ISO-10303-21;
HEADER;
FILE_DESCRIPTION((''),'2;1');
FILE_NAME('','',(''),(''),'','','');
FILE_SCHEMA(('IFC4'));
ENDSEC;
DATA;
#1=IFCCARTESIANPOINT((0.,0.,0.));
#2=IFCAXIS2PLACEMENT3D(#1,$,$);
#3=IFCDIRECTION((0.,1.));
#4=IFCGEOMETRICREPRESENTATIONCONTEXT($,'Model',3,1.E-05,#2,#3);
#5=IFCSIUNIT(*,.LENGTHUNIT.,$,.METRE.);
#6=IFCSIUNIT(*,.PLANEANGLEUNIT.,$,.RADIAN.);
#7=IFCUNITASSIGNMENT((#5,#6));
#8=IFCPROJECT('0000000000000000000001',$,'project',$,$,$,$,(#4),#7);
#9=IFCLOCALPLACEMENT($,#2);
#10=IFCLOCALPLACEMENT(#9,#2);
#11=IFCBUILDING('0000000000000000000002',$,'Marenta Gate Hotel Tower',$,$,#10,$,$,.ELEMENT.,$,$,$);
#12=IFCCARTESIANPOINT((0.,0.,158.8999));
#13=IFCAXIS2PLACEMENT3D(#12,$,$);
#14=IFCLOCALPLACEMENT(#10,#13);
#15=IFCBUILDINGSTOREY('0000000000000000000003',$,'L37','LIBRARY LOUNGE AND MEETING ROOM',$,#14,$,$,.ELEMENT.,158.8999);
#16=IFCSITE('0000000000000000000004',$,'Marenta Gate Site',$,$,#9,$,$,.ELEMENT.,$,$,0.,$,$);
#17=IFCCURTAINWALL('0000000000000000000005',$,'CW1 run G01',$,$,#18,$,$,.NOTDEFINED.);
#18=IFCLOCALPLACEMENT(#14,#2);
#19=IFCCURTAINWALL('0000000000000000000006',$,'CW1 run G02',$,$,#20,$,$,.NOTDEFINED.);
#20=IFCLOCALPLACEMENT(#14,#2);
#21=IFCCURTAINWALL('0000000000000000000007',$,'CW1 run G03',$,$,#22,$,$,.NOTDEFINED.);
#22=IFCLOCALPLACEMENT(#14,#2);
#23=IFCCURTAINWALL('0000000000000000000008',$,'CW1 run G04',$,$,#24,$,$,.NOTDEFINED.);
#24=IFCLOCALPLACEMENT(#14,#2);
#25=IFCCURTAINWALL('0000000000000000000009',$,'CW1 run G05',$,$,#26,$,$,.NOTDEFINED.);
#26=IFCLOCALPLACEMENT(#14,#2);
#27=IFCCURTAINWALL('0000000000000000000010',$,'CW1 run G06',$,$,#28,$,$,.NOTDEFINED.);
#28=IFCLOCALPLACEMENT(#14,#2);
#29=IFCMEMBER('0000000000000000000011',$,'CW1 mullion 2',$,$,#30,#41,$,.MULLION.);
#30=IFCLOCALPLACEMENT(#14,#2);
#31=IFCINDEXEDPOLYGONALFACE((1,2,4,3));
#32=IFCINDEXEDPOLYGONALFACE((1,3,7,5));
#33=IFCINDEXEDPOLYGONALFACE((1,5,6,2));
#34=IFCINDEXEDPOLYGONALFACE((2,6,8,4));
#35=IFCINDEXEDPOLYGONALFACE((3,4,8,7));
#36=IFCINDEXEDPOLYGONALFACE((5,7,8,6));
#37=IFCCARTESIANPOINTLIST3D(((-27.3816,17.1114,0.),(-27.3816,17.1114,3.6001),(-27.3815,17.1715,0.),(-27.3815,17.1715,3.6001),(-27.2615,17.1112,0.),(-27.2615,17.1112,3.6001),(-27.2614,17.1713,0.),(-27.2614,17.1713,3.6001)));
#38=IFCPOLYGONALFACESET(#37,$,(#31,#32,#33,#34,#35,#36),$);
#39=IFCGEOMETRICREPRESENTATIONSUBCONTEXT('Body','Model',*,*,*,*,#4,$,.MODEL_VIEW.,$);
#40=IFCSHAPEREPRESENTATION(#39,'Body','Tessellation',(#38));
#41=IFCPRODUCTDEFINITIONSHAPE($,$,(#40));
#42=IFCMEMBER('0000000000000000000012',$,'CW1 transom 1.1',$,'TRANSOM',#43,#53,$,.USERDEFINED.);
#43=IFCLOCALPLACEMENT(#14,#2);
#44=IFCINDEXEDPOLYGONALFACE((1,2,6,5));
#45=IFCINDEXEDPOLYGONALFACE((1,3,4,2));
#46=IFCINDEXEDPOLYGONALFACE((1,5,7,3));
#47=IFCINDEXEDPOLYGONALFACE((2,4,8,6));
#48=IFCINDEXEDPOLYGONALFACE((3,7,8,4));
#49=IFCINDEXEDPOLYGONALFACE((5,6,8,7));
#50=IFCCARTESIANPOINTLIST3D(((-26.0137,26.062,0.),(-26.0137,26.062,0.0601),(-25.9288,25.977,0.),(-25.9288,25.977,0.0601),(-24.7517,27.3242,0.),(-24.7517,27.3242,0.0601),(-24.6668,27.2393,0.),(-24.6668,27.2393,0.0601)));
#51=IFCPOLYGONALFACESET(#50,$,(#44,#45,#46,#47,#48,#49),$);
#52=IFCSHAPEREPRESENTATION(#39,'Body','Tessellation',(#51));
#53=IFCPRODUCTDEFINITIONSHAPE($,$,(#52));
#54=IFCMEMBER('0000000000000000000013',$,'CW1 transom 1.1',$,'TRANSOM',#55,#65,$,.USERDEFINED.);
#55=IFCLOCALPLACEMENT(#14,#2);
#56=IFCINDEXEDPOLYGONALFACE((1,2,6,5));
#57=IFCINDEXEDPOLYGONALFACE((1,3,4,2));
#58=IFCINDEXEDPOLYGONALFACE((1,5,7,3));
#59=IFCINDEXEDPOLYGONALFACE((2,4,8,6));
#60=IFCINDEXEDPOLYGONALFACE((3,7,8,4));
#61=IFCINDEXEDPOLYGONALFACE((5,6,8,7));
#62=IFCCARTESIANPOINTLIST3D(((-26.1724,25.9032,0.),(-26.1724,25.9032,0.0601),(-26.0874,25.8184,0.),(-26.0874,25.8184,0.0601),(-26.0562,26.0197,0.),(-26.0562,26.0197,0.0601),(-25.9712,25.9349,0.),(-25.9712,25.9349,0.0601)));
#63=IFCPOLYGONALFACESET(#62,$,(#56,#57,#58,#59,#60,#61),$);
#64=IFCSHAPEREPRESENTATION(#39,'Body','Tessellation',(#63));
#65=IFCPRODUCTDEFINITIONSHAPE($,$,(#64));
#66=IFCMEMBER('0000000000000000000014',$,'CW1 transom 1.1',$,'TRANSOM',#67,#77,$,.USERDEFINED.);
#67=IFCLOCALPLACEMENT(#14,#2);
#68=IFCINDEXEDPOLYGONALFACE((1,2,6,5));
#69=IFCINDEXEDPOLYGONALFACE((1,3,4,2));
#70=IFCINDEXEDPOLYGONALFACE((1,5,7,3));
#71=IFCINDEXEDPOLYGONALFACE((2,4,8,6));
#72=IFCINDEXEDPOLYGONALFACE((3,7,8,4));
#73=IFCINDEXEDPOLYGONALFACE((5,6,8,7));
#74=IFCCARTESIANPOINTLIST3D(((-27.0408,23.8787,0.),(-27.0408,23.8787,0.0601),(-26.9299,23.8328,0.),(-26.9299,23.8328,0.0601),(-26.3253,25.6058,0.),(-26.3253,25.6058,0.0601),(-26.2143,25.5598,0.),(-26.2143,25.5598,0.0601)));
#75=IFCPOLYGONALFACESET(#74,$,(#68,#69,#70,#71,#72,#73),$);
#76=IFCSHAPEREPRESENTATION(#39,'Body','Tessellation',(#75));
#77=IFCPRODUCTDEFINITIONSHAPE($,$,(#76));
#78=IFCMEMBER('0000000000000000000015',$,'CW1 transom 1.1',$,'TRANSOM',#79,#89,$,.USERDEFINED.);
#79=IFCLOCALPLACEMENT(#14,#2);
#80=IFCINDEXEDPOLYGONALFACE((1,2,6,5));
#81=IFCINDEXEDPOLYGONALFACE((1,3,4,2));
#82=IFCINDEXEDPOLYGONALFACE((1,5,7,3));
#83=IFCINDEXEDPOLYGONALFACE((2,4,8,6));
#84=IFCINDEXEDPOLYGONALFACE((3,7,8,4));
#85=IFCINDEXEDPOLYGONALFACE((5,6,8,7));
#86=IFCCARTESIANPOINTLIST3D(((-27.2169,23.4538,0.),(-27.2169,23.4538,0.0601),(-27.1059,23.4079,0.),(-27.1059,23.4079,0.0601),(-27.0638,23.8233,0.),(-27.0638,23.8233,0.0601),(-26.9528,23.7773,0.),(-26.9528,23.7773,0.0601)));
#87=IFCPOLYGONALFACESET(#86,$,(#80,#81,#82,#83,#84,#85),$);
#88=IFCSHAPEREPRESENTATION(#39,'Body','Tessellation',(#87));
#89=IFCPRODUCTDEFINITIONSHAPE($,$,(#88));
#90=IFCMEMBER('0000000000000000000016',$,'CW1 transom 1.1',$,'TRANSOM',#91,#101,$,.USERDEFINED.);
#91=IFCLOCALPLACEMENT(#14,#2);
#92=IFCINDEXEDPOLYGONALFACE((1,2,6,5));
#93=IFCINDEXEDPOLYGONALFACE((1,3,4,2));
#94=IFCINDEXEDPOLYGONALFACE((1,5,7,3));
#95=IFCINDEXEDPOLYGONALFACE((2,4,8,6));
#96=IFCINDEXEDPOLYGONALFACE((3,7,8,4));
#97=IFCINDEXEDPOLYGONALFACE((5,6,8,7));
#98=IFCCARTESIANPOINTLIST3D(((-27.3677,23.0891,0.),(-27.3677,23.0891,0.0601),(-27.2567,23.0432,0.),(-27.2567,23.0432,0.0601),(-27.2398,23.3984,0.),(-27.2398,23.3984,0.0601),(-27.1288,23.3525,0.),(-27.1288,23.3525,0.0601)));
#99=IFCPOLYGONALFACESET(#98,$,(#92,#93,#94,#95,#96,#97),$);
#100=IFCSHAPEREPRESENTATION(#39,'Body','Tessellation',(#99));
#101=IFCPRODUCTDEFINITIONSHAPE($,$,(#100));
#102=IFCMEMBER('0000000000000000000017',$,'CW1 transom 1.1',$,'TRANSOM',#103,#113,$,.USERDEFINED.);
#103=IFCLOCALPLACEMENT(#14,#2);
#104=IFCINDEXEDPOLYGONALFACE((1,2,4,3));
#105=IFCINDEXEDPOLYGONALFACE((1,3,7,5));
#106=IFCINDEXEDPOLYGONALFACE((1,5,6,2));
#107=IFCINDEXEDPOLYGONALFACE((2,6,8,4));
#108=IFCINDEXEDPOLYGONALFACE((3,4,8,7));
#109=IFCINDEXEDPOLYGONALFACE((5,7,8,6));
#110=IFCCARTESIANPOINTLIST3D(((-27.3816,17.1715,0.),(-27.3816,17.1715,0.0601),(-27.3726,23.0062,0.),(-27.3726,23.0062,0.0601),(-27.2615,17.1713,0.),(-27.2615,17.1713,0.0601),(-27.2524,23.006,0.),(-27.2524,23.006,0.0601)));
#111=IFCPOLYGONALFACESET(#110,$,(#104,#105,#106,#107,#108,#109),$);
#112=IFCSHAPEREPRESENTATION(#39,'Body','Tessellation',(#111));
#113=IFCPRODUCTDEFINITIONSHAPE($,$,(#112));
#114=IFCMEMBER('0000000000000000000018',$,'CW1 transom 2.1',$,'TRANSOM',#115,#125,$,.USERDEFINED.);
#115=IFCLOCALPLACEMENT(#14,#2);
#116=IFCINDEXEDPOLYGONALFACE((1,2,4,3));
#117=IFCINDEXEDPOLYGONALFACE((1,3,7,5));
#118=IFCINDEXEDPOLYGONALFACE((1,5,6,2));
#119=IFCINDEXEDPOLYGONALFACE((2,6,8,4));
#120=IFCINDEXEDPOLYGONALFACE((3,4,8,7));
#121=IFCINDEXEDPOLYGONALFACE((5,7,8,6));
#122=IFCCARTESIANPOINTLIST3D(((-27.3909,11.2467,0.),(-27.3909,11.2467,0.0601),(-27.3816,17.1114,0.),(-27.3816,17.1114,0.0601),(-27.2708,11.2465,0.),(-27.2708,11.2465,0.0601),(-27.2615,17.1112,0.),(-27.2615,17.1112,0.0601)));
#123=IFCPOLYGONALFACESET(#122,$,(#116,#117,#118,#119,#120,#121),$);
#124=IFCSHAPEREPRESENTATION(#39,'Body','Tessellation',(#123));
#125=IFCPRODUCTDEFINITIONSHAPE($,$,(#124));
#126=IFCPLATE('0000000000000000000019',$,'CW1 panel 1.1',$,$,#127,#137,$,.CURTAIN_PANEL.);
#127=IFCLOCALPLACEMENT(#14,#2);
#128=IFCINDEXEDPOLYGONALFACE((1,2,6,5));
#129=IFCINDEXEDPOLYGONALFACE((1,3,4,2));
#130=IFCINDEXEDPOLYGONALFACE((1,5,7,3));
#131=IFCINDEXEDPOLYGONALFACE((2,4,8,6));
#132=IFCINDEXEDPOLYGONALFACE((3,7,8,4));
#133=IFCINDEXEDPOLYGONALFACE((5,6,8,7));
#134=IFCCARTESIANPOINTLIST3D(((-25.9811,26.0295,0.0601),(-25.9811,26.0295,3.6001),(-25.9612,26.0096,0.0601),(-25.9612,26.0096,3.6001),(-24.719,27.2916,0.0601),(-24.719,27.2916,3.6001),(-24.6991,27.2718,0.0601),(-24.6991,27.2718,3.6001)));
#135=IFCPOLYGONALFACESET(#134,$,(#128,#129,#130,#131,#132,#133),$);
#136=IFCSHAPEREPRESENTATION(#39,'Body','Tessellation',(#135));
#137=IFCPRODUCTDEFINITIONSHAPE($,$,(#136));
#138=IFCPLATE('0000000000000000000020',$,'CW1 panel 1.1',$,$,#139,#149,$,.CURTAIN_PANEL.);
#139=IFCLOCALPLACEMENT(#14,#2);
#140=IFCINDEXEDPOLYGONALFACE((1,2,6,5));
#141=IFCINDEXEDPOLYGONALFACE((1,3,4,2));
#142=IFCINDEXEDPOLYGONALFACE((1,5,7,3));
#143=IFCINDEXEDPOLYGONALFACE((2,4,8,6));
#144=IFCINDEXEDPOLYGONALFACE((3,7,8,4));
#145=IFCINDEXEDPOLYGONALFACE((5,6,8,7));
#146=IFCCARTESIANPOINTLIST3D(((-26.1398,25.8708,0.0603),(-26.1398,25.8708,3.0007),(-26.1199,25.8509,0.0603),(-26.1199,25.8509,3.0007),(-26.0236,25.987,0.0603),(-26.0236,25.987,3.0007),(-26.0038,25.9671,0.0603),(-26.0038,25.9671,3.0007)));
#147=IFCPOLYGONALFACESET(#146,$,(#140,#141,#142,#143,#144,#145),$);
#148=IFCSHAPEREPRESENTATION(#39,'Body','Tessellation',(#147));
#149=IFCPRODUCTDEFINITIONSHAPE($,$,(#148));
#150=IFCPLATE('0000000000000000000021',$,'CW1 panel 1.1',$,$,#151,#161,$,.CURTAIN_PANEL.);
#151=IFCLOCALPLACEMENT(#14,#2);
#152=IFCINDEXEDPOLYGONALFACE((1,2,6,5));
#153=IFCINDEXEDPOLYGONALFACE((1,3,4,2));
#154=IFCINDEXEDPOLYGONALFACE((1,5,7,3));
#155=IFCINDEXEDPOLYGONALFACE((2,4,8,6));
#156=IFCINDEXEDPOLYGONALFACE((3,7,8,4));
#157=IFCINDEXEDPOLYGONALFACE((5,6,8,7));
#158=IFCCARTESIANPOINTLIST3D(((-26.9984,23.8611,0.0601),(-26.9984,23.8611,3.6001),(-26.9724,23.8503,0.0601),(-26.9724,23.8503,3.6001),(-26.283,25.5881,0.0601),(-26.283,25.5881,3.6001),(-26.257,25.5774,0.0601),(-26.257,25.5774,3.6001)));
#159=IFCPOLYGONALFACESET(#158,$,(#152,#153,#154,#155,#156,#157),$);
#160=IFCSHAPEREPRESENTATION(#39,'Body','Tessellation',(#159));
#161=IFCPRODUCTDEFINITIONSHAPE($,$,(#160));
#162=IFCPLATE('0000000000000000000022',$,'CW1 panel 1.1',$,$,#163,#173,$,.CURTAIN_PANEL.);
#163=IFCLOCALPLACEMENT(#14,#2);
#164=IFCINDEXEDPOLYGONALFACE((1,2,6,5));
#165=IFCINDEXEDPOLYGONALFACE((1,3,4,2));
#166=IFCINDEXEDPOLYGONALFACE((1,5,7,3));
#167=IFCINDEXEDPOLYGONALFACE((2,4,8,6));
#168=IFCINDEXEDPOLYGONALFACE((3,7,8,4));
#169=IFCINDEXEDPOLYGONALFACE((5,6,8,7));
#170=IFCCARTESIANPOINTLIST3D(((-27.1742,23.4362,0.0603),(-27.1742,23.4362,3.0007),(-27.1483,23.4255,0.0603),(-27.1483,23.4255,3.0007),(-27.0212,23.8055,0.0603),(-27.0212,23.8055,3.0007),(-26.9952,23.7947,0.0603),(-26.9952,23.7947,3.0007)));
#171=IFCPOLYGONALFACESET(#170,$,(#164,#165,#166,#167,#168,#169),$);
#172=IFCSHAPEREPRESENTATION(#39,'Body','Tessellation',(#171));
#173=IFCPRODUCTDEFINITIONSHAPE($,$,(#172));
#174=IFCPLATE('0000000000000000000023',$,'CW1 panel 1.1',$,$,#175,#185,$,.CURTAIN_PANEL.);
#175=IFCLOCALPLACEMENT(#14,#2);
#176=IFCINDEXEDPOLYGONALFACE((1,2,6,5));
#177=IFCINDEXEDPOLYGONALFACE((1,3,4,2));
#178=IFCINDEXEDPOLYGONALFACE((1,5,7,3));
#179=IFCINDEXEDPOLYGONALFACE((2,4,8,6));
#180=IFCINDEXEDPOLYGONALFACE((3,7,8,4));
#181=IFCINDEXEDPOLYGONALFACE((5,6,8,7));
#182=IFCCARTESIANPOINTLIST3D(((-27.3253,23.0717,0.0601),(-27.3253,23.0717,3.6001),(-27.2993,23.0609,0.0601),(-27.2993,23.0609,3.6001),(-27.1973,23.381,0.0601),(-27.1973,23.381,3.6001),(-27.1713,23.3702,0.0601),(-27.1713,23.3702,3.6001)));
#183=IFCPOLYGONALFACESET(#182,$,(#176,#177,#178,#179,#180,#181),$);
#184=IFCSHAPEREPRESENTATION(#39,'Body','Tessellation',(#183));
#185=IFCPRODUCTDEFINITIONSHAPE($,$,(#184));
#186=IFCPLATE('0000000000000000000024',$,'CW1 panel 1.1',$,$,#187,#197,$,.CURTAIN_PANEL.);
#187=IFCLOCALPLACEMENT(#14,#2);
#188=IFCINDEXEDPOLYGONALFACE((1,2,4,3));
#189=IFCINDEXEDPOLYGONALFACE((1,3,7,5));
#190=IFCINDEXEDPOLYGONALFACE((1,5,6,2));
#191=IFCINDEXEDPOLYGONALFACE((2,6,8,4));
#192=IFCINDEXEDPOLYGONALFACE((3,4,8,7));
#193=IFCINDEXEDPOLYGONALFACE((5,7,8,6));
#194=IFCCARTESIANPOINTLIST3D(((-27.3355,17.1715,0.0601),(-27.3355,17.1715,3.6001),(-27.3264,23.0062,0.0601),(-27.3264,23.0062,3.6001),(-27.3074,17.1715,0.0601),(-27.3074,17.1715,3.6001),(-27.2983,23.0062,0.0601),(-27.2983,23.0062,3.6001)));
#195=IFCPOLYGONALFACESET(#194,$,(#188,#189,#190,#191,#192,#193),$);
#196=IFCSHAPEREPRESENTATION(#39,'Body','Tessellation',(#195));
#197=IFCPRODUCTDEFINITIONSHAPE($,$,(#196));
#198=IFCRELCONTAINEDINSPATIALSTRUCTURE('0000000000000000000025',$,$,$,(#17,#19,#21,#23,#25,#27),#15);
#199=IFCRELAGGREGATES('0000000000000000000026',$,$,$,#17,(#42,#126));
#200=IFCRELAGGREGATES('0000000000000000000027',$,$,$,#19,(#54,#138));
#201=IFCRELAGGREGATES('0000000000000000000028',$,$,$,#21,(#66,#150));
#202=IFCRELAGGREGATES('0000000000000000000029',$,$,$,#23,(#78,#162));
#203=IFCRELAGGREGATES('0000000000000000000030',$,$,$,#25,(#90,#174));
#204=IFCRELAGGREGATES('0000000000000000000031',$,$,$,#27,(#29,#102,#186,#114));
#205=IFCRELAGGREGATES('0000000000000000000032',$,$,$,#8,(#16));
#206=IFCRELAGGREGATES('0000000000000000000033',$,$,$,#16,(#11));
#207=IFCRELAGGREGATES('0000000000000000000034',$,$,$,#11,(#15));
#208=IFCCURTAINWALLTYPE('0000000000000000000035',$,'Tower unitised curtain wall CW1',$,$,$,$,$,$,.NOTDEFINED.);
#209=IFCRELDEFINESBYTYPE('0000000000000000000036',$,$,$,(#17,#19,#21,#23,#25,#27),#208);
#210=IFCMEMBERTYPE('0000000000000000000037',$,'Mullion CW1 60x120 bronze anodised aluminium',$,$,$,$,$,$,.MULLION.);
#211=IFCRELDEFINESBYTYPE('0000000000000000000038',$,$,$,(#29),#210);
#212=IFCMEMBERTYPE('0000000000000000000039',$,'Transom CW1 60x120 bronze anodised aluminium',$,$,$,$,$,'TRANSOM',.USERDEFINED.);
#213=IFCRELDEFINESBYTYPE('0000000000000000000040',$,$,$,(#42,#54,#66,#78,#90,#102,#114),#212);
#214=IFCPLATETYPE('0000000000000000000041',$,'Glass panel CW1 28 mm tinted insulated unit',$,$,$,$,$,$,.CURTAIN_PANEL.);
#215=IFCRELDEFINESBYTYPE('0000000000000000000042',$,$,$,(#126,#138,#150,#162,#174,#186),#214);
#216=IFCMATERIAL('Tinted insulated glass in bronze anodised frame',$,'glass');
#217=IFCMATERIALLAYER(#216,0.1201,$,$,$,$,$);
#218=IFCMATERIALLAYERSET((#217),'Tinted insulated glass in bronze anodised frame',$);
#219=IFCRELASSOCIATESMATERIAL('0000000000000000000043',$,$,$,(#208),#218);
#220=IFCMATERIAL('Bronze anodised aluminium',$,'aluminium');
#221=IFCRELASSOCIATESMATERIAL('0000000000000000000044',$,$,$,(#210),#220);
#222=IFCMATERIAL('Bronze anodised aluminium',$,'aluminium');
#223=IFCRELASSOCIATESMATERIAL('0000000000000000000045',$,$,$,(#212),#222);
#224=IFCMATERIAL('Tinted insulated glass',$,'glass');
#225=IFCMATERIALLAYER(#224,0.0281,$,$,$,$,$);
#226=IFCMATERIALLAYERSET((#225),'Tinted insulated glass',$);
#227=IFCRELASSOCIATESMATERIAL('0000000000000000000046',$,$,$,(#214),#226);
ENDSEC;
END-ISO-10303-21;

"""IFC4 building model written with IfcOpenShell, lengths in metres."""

from ifc_helpers import new_model, si_unit, direction, frame, origin, origin_2d, place, context, subcontext, project, spatial, rectangle, extrude, material, layer, layer_set, material_profile, profile_set, type_object, element, aggregate, save


model = new_model("IFC4")

# Units and contexts
model_context = context("Model", 3, precision=1e-05, world=origin(), true_north=direction((0.0, 1.0)))
body_context = subcontext(model_context, "Body", "Model", "MODEL_VIEW")
ifc_project = project(units=[si_unit("LENGTHUNIT", "METRE"), si_unit("PLANEANGLEUNIT", "RADIAN")], contexts=[model_context])

# Site, building, storey
site_placement = place(None, origin())
site = spatial("IfcSite", under=ifc_project, at=site_placement, Name="Marenta Gate Site", CompositionType="ELEMENT", RefElevation=0.0)
building_placement = place(site_placement, origin())
building = spatial("IfcBuilding", under=site, at=building_placement, Name="Marenta Gate Hotel Tower", CompositionType="ELEMENT")
storey_placement = place(building_placement, frame((0.0, 0.0, 158.8999)))
storey = spatial("IfcBuildingStorey", under=building, at=storey_placement, Name="L37", Description="LIBRARY LOUNGE AND MEETING ROOM", CompositionType="ELEMENT", Elevation=158.8999)

# Curtain wall
ifc_material_1 = material(Name="Tinted insulated glass in bronze anodised frame", Category="glass")
ifc_layer_1 = layer(ifc_material_1, 0.1201)
ifc_layer_set_1 = layer_set([ifc_layer_1], Name="Tinted insulated glass in bronze anodised frame")
curtain_wall_type = type_object("IfcCurtainWallType", Name="Tower unitised curtain wall CW1", PredefinedType="NOTDEFINED", material=ifc_layer_set_1)
curtain_wall_1_placement = place(storey_placement, origin())
curtain_wall_1 = element("IfcCurtainWall", 1, at=curtain_wall_1_placement, inside=storey, type_object=curtain_wall_type, Name="CW1 run G01", PredefinedType="NOTDEFINED")
ifc_material_2 = material(Name="Bronze anodised aluminium", Category="aluminium")
ifc_material_profile_1 = material_profile(ifc_material_2, rectangle(XDim=0.1201, YDim=0.0601, at=origin_2d()), Name="Mullion CW1 60x120 bronze anodised aluminium")
ifc_profile_set_1 = profile_set([ifc_material_profile_1], Name="Bronze anodised aluminium")
member_type_1 = type_object("IfcMemberType", Name="Mullion CW1 60x120 bronze anodised aluminium", PredefinedType="MULLION", material=ifc_profile_set_1)

# Curtain wall
curtain_wall_2_placement = place(storey_placement, origin())
curtain_wall_2 = element("IfcCurtainWall", 2, at=curtain_wall_2_placement, inside=storey, type_object=curtain_wall_type, Name="CW1 run G02", PredefinedType="NOTDEFINED")

# Curtain walls
curtain_wall_3_placement = place(storey_placement, origin())
curtain_wall_3 = element("IfcCurtainWall", 3, at=curtain_wall_3_placement, inside=storey, type_object=curtain_wall_type, Name="CW1 run G03", PredefinedType="NOTDEFINED")
curtain_wall_4_placement = place(storey_placement, origin())
curtain_wall_4 = element("IfcCurtainWall", 4, at=curtain_wall_4_placement, inside=storey, type_object=curtain_wall_type, Name="CW1 run G04", PredefinedType="NOTDEFINED")
curtain_wall_5_placement = place(storey_placement, origin())
curtain_wall_5 = element("IfcCurtainWall", 5, at=curtain_wall_5_placement, inside=storey, type_object=curtain_wall_type, Name="CW1 run G05", PredefinedType="NOTDEFINED")

# Curtain wall, member
curtain_wall_6_placement = place(storey_placement, origin())
curtain_wall_6 = element("IfcCurtainWall", 6, at=curtain_wall_6_placement, inside=storey, type_object=curtain_wall_type, Name="CW1 run G06", PredefinedType="NOTDEFINED")
member_1_placement = place(storey_placement, frame((-27.3215, 17.1414, 0.0), z_axis=(0.0, 0.0, 1.0), x_axis=(0.999999, -0.00157, 0.0)))
member_1 = element("IfcMember", 7, at=member_1_placement, type_object=member_type_1, Name="CW1 mullion 2", PredefinedType="MULLION", context=body_context, shape_type="SweptSolid", body=[
    extrude(rectangle(XDim=0.1201, YDim=0.0601, at=origin_2d()), origin(), (0.0, 0.0, 1.0), 3.6001),
])

# Members
ifc_material_3 = material(Name="Bronze anodised aluminium", Category="aluminium")
ifc_material_profile_2 = material_profile(ifc_material_3, rectangle(XDim=0.1201, YDim=0.0601, at=origin_2d()), Name="Transom CW1 60x120 bronze anodised aluminium")
ifc_profile_set_2 = profile_set([ifc_material_profile_2], Name="Bronze anodised aluminium")
member_type_2 = type_object("IfcMemberType", Name="Transom CW1 60x120 bronze anodised aluminium", ElementType="TRANSOM", PredefinedType="USERDEFINED", material=ifc_profile_set_2)
member_2_placement = place(storey_placement, frame((-24.7092, 27.2817, 0.03), z_axis=(-0.707038, -0.707175, 0.0), x_axis=(0.707175, -0.707038, 0.0)))
member_2 = element("IfcMember", 8, at=member_2_placement, type_object=member_type_2, Name="CW1 transom 1.1", ObjectType="TRANSOM", PredefinedType="USERDEFINED", context=body_context, shape_type="SweptSolid", body=[
    extrude(rectangle(XDim=0.1201, YDim=0.0601, at=origin_2d()), origin(), (0.0, 0.0, 1.0), 1.7849),
])
member_3_placement = place(storey_placement, frame((-26.0137, 25.9773, 0.03), z_axis=(-0.706364, -0.707848, 0.0), x_axis=(0.707848, -0.706364, 0.0)))
member_3 = element("IfcMember", 9, at=member_3_placement, type_object=member_type_2, Name="CW1 transom 1.1", ObjectType="TRANSOM", PredefinedType="USERDEFINED", context=body_context, shape_type="SweptSolid", body=[
    extrude(rectangle(XDim=0.1201, YDim=0.0601, at=origin_2d()), origin(), (0.0, 0.0, 1.0), 0.1646),
])
member_4_placement = place(storey_placement, frame((-26.2698, 25.5828, 0.03), z_axis=(-0.382779, -0.92384, 0.0), x_axis=(0.92384, -0.382779, 0.0)))
member_4 = element("IfcMember", 10, at=member_4_placement, type_object=member_type_2, Name="CW1 transom 1.1", ObjectType="TRANSOM", PredefinedType="USERDEFINED", context=body_context, shape_type="SweptSolid", body=[
    extrude(rectangle(XDim=0.1201, YDim=0.0601, at=origin_2d()), origin(), (0.0, 0.0, 1.0), 1.8694),
])
member_5_placement = place(storey_placement, frame((-27.0083, 23.8003, 0.03), z_axis=(-0.382837, -0.923816, 0.0), x_axis=(0.923816, -0.382837, 0.0)))
member_5 = element("IfcMember", 11, at=member_5_placement, type_object=member_type_2, Name="CW1 transom 1.1", ObjectType="TRANSOM", PredefinedType="USERDEFINED", context=body_context, shape_type="SweptSolid", body=[
    extrude(rectangle(XDim=0.1201, YDim=0.0601, at=origin_2d()), origin(), (0.0, 0.0, 1.0), 0.3999),
])
member_6_placement = place(storey_placement, frame((-27.1843, 23.3755, 0.03), z_axis=(-0.38218, -0.924088, 0.0), x_axis=(0.924088, -0.38218, 0.0)))
member_6 = element("IfcMember", 12, at=member_6_placement, type_object=member_type_2, Name="CW1 transom 1.1", ObjectType="TRANSOM", PredefinedType="USERDEFINED", context=body_context, shape_type="SweptSolid", body=[
    extrude(rectangle(XDim=0.1201, YDim=0.0601, at=origin_2d()), origin(), (0.0, 0.0, 1.0), 0.3347),
])
member_7_placement = place(storey_placement, frame((-27.3125, 23.0061, 0.03), z_axis=(-0.001548, -0.999999, 0.0), x_axis=(0.999999, -0.001548, 0.0)))
member_7 = element("IfcMember", 13, at=member_7_placement, type_object=member_type_2, Name="CW1 transom 1.1", ObjectType="TRANSOM", PredefinedType="USERDEFINED", context=body_context, shape_type="SweptSolid", body=[
    extrude(rectangle(XDim=0.1201, YDim=0.0601, at=origin_2d()), origin(), (0.0, 0.0, 1.0), 5.8347),
])
member_8_placement = place(storey_placement, frame((-27.3215, 17.1113, 0.03), z_axis=(-0.001582, -0.999999, 0.0), x_axis=(0.999999, -0.001582, 0.0)))
member_8 = element("IfcMember", 14, at=member_8_placement, type_object=member_type_2, Name="CW1 transom 2.1", ObjectType="TRANSOM", PredefinedType="USERDEFINED", context=body_context, shape_type="SweptSolid", body=[
    extrude(rectangle(XDim=0.1201, YDim=0.0601, at=origin_2d()), origin(), (0.0, 0.0, 1.0), 5.8647),
])

# Plates
ifc_material_4 = material(Name="Tinted insulated glass", Category="glass")
ifc_layer_2 = layer(ifc_material_4, 0.0281)
ifc_layer_set_2 = layer_set([ifc_layer_2], Name="Tinted insulated glass")
plate_type = type_object("IfcPlateType", Name="Glass panel CW1 28 mm tinted insulated unit", PredefinedType="CURTAIN_PANEL", material=ifc_layer_set_2)
plate_1_placement = place(storey_placement, frame((-25.3401, 26.6506, 0.0601), z_axis=(0.0, 0.0, 1.0), x_axis=(-0.707107, -0.707107, 0.0)))
plate_1 = element("IfcPlate", 15, at=plate_1_placement, type_object=plate_type, Name="CW1 panel 1.1", PredefinedType="CURTAIN_PANEL", context=body_context, shape_type="SweptSolid", body=[
    extrude(rectangle(XDim=1.7849, YDim=0.0281, at=origin_2d()), origin(), (0.0, 0.0, 1.0), 3.54),
])
aggregate(curtain_wall_1, [member_2, plate_1])
plate_2_placement = place(storey_placement, frame((-26.0718, 25.9189, 0.0603), z_axis=(0.0, 0.0, 1.0), x_axis=(-0.707107, -0.707107, 0.0)))
plate_2 = element("IfcPlate", 16, at=plate_2_placement, type_object=plate_type, Name="CW1 panel 1.1", PredefinedType="CURTAIN_PANEL", context=body_context, shape_type="SweptSolid", body=[
    extrude(rectangle(XDim=0.1643, YDim=0.0281, at=origin_2d()), origin(), (0.0, 0.0, 1.0), 2.9404),
])
aggregate(curtain_wall_2, [member_3, plate_2])
plate_3_placement = place(storey_placement, frame((-26.6277, 24.7192, 0.0601), z_axis=(0.0, 0.0, 1.0), x_axis=(-0.382694, -0.923875, 0.0)))
plate_3 = element("IfcPlate", 17, at=plate_3_placement, type_object=plate_type, Name="CW1 panel 1.1", PredefinedType="CURTAIN_PANEL", context=body_context, shape_type="SweptSolid", body=[
    extrude(rectangle(XDim=1.8694, YDim=0.0281, at=origin_2d()), origin(), (0.0, 0.0, 1.0), 3.54),
])
aggregate(curtain_wall_3, [member_4, plate_3])
plate_4_placement = place(storey_placement, frame((-27.0847, 23.6155, 0.0603), z_axis=(0.0, 0.0, 1.0), x_axis=(-0.382838, -0.923815, 0.0)))
plate_4 = element("IfcPlate", 18, at=plate_4_placement, type_object=plate_type, Name="CW1 panel 1.1", PredefinedType="CURTAIN_PANEL", context=body_context, shape_type="SweptSolid", body=[
    extrude(rectangle(XDim=0.3997, YDim=0.0281, at=origin_2d()), origin(), (0.0, 0.0, 1.0), 2.9404),
])
aggregate(curtain_wall_4, [member_5, plate_4])
plate_5_placement = place(storey_placement, frame((-27.2483, 23.2209, 0.0601), z_axis=(0.0, 0.0, 1.0), x_axis=(-0.382456, -0.923974, 0.0)))
plate_5 = element("IfcPlate", 19, at=plate_5_placement, type_object=plate_type, Name="CW1 panel 1.1", PredefinedType="CURTAIN_PANEL", context=body_context, shape_type="SweptSolid", body=[
    extrude(rectangle(XDim=0.3347, YDim=0.0281, at=origin_2d()), origin(), (0.0, 0.0, 1.0), 3.54),
])
aggregate(curtain_wall_5, [member_6, plate_5])
plate_6_placement = place(storey_placement, frame((-27.3169, 20.0889, 0.0601), z_axis=(0.0, 0.0, 1.0), x_axis=(-0.00157, -0.999999, 0.0)))
plate_6 = element("IfcPlate", 20, at=plate_6_placement, type_object=plate_type, Name="CW1 panel 1.1", PredefinedType="CURTAIN_PANEL", context=body_context, shape_type="SweptSolid", body=[
    extrude(rectangle(XDim=5.8347, YDim=0.0281, at=origin_2d()), origin(), (0.0, 0.0, 1.0), 3.54),
])
aggregate(curtain_wall_6, [member_1, member_7, plate_6, member_8])

save(model, "model.ifc")
